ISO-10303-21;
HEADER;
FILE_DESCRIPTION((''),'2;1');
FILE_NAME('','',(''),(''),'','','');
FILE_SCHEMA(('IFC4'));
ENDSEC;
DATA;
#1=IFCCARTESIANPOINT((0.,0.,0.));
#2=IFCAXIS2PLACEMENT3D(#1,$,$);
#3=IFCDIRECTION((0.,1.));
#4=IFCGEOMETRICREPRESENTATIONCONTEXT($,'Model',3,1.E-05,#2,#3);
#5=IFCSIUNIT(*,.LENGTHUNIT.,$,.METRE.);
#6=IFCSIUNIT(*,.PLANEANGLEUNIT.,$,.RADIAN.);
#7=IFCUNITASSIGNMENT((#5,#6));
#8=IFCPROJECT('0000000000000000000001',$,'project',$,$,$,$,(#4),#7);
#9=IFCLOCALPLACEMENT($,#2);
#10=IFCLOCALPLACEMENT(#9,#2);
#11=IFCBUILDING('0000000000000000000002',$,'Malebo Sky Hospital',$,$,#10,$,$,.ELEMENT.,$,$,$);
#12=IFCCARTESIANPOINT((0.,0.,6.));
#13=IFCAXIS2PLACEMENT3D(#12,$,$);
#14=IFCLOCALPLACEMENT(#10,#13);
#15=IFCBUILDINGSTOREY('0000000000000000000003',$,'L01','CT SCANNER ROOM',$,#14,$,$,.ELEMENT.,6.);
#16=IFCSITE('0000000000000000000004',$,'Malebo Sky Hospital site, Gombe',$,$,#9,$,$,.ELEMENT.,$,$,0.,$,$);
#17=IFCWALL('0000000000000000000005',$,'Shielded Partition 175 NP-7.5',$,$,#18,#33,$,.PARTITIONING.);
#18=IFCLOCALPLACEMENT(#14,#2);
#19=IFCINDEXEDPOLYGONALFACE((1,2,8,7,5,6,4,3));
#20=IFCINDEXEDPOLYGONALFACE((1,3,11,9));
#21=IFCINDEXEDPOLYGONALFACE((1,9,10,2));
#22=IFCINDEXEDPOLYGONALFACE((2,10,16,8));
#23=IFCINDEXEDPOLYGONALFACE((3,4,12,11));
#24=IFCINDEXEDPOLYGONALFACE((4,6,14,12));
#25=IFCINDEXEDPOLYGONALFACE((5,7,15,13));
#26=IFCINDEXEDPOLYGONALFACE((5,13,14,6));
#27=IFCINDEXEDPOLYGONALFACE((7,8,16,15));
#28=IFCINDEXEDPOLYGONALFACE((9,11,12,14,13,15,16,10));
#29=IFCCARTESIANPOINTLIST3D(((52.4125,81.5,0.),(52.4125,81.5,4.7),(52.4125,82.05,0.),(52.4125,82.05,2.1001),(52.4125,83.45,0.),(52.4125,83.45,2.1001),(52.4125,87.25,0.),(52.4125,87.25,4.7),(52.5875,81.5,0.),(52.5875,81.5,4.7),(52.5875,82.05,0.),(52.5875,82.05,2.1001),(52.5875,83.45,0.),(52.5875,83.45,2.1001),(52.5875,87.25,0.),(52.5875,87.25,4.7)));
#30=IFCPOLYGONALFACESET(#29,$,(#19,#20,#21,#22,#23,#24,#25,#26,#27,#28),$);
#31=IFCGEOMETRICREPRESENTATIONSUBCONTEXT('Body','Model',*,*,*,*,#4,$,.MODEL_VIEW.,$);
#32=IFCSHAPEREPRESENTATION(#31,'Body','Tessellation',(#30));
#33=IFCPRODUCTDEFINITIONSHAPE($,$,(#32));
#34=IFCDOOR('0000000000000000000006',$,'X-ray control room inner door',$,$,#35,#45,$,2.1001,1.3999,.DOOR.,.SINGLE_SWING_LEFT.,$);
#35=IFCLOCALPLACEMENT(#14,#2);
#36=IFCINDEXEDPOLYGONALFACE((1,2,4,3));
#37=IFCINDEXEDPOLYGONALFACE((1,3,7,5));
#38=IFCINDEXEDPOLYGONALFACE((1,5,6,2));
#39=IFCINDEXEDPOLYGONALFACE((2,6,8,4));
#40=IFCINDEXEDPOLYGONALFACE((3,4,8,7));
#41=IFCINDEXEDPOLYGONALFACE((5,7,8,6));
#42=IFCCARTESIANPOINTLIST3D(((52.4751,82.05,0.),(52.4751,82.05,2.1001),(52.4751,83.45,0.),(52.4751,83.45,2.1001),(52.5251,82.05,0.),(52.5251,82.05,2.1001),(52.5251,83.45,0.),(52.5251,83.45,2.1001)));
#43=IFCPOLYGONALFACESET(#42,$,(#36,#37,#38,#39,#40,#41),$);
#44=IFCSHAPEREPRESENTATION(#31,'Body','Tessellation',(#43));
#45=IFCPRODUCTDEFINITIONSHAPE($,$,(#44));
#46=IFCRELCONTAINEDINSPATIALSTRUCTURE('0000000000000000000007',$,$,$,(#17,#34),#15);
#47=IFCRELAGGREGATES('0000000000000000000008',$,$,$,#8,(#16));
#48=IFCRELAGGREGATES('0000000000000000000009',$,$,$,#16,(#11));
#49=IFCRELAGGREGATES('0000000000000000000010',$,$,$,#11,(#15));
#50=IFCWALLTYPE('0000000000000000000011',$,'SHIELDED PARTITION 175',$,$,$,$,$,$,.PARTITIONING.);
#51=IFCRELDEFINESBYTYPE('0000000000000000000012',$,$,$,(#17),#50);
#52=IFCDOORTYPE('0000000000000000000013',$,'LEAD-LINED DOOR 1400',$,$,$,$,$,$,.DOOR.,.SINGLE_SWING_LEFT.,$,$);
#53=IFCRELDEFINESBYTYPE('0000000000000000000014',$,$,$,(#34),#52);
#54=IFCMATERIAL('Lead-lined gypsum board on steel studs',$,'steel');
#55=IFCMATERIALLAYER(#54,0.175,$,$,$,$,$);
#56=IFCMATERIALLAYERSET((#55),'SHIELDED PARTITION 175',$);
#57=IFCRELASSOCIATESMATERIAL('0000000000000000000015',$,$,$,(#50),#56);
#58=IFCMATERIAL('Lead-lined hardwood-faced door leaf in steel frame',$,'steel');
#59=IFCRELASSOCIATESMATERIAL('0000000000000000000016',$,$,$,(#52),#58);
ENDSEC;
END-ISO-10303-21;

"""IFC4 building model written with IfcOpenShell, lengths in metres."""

from ifc_helpers import new_model, si_unit, direction, frame, frame_2d, origin, place, context, subcontext, project, spatial, rectangle, extrude, material, layer, layer_set, type_object, element, fill, save


model = new_model("IFC4")

# Units and contexts
model_context = context("Model", 3, precision=1e-05, world=origin(), true_north=direction((0.0, 1.0)))
body_context = subcontext(model_context, "Body", "Model", "MODEL_VIEW")
ifc_project = project(units=[si_unit("LENGTHUNIT", "METRE"), si_unit("PLANEANGLEUNIT", "RADIAN")], contexts=[model_context])

# Site, building, storey
site_placement = place(None, origin())
site = spatial("IfcSite", under=ifc_project, at=site_placement, Name="Malebo Sky Hospital site, Gombe", CompositionType="ELEMENT", RefElevation=0.0)
building_placement = place(site_placement, origin())
building = spatial("IfcBuilding", under=site, at=building_placement, Name="Malebo Sky Hospital", CompositionType="ELEMENT")
storey_placement = place(building_placement, frame((0.0, 0.0, 6.0)))
storey = spatial("IfcBuildingStorey", under=building, at=storey_placement, Name="L01", Description="CT SCANNER ROOM", CompositionType="ELEMENT", Elevation=6.0)

# Shared definitions
ifc_material_1 = material(Name="Lead-lined gypsum board on steel studs", Category="steel")
ifc_layer_1 = layer(ifc_material_1, 0.175)
ifc_layer_set_1 = layer_set([ifc_layer_1], Name="SHIELDED PARTITION 175")
wall_type = type_object("IfcWallType", Name="SHIELDED PARTITION 175", PredefinedType="PARTITIONING", material=ifc_layer_set_1)

# Wall, opening, door
wall_1_placement = place(storey_placement, frame((52.5, 81.5, 0.0), z_axis=(0.0, 0.0, 1.0), x_axis=(0.0, 1.0, 0.0)))
wall_1 = element("IfcWall", 1, at=wall_1_placement, inside=storey, type_object=wall_type, Name="Shielded Partition 175 NP-7.5", PredefinedType="PARTITIONING", context=body_context, shape_type="SweptSolid", body=[
    extrude(rectangle(XDim=5.75, YDim=0.175, at=frame_2d((2.875, 0.0))), origin(), (0.0, 0.0, 1.0), 4.7),
])
opening_placement = place(wall_1_placement, frame((0.55, 0.0, 0.0)))
opening = element("IfcOpeningElement", 2, at=opening_placement, cuts=wall_1, PredefinedType="OPENING", context=body_context, shape_type="SweptSolid", body=[
    extrude(rectangle(XDim=1.3999, YDim=2.1001, at=frame_2d((0.7, 1.05))), frame((0.0, 0.0974, 0.0), z_axis=(0.0, -1.0, 0.0), x_axis=(1.0, 0.0, 0.0)), (0.0, 0.0, 1.0), 0.1951),
])
ifc_material_2 = material(Name="Lead-lined hardwood-faced door leaf in steel frame", Category="steel")
door_type = type_object("IfcDoorType", Name="LEAD-LINED DOOR 1400", OperationType="SINGLE_SWING_LEFT", PredefinedType="DOOR", material=ifc_material_2)
door_placement = place(opening_placement, origin())
door = element("IfcDoor", 3, at=door_placement, inside=storey, type_object=door_type, Name="X-ray control room inner door", OperationType="SINGLE_SWING_LEFT", OverallHeight=2.1001, OverallWidth=1.3999, PredefinedType="DOOR", context=body_context, shape_type="SweptSolid", body=[
    extrude(rectangle(XDim=1.3999, YDim=2.1001, at=frame_2d((0.7, 1.05))), frame((0.0, 0.0249, 0.0), z_axis=(0.0, -1.0, 0.0), x_axis=(1.0, 0.0, 0.0)), (0.0, 0.0, 1.0), 0.05),
])
fill(opening, door)

save(model, "model.ifc")
